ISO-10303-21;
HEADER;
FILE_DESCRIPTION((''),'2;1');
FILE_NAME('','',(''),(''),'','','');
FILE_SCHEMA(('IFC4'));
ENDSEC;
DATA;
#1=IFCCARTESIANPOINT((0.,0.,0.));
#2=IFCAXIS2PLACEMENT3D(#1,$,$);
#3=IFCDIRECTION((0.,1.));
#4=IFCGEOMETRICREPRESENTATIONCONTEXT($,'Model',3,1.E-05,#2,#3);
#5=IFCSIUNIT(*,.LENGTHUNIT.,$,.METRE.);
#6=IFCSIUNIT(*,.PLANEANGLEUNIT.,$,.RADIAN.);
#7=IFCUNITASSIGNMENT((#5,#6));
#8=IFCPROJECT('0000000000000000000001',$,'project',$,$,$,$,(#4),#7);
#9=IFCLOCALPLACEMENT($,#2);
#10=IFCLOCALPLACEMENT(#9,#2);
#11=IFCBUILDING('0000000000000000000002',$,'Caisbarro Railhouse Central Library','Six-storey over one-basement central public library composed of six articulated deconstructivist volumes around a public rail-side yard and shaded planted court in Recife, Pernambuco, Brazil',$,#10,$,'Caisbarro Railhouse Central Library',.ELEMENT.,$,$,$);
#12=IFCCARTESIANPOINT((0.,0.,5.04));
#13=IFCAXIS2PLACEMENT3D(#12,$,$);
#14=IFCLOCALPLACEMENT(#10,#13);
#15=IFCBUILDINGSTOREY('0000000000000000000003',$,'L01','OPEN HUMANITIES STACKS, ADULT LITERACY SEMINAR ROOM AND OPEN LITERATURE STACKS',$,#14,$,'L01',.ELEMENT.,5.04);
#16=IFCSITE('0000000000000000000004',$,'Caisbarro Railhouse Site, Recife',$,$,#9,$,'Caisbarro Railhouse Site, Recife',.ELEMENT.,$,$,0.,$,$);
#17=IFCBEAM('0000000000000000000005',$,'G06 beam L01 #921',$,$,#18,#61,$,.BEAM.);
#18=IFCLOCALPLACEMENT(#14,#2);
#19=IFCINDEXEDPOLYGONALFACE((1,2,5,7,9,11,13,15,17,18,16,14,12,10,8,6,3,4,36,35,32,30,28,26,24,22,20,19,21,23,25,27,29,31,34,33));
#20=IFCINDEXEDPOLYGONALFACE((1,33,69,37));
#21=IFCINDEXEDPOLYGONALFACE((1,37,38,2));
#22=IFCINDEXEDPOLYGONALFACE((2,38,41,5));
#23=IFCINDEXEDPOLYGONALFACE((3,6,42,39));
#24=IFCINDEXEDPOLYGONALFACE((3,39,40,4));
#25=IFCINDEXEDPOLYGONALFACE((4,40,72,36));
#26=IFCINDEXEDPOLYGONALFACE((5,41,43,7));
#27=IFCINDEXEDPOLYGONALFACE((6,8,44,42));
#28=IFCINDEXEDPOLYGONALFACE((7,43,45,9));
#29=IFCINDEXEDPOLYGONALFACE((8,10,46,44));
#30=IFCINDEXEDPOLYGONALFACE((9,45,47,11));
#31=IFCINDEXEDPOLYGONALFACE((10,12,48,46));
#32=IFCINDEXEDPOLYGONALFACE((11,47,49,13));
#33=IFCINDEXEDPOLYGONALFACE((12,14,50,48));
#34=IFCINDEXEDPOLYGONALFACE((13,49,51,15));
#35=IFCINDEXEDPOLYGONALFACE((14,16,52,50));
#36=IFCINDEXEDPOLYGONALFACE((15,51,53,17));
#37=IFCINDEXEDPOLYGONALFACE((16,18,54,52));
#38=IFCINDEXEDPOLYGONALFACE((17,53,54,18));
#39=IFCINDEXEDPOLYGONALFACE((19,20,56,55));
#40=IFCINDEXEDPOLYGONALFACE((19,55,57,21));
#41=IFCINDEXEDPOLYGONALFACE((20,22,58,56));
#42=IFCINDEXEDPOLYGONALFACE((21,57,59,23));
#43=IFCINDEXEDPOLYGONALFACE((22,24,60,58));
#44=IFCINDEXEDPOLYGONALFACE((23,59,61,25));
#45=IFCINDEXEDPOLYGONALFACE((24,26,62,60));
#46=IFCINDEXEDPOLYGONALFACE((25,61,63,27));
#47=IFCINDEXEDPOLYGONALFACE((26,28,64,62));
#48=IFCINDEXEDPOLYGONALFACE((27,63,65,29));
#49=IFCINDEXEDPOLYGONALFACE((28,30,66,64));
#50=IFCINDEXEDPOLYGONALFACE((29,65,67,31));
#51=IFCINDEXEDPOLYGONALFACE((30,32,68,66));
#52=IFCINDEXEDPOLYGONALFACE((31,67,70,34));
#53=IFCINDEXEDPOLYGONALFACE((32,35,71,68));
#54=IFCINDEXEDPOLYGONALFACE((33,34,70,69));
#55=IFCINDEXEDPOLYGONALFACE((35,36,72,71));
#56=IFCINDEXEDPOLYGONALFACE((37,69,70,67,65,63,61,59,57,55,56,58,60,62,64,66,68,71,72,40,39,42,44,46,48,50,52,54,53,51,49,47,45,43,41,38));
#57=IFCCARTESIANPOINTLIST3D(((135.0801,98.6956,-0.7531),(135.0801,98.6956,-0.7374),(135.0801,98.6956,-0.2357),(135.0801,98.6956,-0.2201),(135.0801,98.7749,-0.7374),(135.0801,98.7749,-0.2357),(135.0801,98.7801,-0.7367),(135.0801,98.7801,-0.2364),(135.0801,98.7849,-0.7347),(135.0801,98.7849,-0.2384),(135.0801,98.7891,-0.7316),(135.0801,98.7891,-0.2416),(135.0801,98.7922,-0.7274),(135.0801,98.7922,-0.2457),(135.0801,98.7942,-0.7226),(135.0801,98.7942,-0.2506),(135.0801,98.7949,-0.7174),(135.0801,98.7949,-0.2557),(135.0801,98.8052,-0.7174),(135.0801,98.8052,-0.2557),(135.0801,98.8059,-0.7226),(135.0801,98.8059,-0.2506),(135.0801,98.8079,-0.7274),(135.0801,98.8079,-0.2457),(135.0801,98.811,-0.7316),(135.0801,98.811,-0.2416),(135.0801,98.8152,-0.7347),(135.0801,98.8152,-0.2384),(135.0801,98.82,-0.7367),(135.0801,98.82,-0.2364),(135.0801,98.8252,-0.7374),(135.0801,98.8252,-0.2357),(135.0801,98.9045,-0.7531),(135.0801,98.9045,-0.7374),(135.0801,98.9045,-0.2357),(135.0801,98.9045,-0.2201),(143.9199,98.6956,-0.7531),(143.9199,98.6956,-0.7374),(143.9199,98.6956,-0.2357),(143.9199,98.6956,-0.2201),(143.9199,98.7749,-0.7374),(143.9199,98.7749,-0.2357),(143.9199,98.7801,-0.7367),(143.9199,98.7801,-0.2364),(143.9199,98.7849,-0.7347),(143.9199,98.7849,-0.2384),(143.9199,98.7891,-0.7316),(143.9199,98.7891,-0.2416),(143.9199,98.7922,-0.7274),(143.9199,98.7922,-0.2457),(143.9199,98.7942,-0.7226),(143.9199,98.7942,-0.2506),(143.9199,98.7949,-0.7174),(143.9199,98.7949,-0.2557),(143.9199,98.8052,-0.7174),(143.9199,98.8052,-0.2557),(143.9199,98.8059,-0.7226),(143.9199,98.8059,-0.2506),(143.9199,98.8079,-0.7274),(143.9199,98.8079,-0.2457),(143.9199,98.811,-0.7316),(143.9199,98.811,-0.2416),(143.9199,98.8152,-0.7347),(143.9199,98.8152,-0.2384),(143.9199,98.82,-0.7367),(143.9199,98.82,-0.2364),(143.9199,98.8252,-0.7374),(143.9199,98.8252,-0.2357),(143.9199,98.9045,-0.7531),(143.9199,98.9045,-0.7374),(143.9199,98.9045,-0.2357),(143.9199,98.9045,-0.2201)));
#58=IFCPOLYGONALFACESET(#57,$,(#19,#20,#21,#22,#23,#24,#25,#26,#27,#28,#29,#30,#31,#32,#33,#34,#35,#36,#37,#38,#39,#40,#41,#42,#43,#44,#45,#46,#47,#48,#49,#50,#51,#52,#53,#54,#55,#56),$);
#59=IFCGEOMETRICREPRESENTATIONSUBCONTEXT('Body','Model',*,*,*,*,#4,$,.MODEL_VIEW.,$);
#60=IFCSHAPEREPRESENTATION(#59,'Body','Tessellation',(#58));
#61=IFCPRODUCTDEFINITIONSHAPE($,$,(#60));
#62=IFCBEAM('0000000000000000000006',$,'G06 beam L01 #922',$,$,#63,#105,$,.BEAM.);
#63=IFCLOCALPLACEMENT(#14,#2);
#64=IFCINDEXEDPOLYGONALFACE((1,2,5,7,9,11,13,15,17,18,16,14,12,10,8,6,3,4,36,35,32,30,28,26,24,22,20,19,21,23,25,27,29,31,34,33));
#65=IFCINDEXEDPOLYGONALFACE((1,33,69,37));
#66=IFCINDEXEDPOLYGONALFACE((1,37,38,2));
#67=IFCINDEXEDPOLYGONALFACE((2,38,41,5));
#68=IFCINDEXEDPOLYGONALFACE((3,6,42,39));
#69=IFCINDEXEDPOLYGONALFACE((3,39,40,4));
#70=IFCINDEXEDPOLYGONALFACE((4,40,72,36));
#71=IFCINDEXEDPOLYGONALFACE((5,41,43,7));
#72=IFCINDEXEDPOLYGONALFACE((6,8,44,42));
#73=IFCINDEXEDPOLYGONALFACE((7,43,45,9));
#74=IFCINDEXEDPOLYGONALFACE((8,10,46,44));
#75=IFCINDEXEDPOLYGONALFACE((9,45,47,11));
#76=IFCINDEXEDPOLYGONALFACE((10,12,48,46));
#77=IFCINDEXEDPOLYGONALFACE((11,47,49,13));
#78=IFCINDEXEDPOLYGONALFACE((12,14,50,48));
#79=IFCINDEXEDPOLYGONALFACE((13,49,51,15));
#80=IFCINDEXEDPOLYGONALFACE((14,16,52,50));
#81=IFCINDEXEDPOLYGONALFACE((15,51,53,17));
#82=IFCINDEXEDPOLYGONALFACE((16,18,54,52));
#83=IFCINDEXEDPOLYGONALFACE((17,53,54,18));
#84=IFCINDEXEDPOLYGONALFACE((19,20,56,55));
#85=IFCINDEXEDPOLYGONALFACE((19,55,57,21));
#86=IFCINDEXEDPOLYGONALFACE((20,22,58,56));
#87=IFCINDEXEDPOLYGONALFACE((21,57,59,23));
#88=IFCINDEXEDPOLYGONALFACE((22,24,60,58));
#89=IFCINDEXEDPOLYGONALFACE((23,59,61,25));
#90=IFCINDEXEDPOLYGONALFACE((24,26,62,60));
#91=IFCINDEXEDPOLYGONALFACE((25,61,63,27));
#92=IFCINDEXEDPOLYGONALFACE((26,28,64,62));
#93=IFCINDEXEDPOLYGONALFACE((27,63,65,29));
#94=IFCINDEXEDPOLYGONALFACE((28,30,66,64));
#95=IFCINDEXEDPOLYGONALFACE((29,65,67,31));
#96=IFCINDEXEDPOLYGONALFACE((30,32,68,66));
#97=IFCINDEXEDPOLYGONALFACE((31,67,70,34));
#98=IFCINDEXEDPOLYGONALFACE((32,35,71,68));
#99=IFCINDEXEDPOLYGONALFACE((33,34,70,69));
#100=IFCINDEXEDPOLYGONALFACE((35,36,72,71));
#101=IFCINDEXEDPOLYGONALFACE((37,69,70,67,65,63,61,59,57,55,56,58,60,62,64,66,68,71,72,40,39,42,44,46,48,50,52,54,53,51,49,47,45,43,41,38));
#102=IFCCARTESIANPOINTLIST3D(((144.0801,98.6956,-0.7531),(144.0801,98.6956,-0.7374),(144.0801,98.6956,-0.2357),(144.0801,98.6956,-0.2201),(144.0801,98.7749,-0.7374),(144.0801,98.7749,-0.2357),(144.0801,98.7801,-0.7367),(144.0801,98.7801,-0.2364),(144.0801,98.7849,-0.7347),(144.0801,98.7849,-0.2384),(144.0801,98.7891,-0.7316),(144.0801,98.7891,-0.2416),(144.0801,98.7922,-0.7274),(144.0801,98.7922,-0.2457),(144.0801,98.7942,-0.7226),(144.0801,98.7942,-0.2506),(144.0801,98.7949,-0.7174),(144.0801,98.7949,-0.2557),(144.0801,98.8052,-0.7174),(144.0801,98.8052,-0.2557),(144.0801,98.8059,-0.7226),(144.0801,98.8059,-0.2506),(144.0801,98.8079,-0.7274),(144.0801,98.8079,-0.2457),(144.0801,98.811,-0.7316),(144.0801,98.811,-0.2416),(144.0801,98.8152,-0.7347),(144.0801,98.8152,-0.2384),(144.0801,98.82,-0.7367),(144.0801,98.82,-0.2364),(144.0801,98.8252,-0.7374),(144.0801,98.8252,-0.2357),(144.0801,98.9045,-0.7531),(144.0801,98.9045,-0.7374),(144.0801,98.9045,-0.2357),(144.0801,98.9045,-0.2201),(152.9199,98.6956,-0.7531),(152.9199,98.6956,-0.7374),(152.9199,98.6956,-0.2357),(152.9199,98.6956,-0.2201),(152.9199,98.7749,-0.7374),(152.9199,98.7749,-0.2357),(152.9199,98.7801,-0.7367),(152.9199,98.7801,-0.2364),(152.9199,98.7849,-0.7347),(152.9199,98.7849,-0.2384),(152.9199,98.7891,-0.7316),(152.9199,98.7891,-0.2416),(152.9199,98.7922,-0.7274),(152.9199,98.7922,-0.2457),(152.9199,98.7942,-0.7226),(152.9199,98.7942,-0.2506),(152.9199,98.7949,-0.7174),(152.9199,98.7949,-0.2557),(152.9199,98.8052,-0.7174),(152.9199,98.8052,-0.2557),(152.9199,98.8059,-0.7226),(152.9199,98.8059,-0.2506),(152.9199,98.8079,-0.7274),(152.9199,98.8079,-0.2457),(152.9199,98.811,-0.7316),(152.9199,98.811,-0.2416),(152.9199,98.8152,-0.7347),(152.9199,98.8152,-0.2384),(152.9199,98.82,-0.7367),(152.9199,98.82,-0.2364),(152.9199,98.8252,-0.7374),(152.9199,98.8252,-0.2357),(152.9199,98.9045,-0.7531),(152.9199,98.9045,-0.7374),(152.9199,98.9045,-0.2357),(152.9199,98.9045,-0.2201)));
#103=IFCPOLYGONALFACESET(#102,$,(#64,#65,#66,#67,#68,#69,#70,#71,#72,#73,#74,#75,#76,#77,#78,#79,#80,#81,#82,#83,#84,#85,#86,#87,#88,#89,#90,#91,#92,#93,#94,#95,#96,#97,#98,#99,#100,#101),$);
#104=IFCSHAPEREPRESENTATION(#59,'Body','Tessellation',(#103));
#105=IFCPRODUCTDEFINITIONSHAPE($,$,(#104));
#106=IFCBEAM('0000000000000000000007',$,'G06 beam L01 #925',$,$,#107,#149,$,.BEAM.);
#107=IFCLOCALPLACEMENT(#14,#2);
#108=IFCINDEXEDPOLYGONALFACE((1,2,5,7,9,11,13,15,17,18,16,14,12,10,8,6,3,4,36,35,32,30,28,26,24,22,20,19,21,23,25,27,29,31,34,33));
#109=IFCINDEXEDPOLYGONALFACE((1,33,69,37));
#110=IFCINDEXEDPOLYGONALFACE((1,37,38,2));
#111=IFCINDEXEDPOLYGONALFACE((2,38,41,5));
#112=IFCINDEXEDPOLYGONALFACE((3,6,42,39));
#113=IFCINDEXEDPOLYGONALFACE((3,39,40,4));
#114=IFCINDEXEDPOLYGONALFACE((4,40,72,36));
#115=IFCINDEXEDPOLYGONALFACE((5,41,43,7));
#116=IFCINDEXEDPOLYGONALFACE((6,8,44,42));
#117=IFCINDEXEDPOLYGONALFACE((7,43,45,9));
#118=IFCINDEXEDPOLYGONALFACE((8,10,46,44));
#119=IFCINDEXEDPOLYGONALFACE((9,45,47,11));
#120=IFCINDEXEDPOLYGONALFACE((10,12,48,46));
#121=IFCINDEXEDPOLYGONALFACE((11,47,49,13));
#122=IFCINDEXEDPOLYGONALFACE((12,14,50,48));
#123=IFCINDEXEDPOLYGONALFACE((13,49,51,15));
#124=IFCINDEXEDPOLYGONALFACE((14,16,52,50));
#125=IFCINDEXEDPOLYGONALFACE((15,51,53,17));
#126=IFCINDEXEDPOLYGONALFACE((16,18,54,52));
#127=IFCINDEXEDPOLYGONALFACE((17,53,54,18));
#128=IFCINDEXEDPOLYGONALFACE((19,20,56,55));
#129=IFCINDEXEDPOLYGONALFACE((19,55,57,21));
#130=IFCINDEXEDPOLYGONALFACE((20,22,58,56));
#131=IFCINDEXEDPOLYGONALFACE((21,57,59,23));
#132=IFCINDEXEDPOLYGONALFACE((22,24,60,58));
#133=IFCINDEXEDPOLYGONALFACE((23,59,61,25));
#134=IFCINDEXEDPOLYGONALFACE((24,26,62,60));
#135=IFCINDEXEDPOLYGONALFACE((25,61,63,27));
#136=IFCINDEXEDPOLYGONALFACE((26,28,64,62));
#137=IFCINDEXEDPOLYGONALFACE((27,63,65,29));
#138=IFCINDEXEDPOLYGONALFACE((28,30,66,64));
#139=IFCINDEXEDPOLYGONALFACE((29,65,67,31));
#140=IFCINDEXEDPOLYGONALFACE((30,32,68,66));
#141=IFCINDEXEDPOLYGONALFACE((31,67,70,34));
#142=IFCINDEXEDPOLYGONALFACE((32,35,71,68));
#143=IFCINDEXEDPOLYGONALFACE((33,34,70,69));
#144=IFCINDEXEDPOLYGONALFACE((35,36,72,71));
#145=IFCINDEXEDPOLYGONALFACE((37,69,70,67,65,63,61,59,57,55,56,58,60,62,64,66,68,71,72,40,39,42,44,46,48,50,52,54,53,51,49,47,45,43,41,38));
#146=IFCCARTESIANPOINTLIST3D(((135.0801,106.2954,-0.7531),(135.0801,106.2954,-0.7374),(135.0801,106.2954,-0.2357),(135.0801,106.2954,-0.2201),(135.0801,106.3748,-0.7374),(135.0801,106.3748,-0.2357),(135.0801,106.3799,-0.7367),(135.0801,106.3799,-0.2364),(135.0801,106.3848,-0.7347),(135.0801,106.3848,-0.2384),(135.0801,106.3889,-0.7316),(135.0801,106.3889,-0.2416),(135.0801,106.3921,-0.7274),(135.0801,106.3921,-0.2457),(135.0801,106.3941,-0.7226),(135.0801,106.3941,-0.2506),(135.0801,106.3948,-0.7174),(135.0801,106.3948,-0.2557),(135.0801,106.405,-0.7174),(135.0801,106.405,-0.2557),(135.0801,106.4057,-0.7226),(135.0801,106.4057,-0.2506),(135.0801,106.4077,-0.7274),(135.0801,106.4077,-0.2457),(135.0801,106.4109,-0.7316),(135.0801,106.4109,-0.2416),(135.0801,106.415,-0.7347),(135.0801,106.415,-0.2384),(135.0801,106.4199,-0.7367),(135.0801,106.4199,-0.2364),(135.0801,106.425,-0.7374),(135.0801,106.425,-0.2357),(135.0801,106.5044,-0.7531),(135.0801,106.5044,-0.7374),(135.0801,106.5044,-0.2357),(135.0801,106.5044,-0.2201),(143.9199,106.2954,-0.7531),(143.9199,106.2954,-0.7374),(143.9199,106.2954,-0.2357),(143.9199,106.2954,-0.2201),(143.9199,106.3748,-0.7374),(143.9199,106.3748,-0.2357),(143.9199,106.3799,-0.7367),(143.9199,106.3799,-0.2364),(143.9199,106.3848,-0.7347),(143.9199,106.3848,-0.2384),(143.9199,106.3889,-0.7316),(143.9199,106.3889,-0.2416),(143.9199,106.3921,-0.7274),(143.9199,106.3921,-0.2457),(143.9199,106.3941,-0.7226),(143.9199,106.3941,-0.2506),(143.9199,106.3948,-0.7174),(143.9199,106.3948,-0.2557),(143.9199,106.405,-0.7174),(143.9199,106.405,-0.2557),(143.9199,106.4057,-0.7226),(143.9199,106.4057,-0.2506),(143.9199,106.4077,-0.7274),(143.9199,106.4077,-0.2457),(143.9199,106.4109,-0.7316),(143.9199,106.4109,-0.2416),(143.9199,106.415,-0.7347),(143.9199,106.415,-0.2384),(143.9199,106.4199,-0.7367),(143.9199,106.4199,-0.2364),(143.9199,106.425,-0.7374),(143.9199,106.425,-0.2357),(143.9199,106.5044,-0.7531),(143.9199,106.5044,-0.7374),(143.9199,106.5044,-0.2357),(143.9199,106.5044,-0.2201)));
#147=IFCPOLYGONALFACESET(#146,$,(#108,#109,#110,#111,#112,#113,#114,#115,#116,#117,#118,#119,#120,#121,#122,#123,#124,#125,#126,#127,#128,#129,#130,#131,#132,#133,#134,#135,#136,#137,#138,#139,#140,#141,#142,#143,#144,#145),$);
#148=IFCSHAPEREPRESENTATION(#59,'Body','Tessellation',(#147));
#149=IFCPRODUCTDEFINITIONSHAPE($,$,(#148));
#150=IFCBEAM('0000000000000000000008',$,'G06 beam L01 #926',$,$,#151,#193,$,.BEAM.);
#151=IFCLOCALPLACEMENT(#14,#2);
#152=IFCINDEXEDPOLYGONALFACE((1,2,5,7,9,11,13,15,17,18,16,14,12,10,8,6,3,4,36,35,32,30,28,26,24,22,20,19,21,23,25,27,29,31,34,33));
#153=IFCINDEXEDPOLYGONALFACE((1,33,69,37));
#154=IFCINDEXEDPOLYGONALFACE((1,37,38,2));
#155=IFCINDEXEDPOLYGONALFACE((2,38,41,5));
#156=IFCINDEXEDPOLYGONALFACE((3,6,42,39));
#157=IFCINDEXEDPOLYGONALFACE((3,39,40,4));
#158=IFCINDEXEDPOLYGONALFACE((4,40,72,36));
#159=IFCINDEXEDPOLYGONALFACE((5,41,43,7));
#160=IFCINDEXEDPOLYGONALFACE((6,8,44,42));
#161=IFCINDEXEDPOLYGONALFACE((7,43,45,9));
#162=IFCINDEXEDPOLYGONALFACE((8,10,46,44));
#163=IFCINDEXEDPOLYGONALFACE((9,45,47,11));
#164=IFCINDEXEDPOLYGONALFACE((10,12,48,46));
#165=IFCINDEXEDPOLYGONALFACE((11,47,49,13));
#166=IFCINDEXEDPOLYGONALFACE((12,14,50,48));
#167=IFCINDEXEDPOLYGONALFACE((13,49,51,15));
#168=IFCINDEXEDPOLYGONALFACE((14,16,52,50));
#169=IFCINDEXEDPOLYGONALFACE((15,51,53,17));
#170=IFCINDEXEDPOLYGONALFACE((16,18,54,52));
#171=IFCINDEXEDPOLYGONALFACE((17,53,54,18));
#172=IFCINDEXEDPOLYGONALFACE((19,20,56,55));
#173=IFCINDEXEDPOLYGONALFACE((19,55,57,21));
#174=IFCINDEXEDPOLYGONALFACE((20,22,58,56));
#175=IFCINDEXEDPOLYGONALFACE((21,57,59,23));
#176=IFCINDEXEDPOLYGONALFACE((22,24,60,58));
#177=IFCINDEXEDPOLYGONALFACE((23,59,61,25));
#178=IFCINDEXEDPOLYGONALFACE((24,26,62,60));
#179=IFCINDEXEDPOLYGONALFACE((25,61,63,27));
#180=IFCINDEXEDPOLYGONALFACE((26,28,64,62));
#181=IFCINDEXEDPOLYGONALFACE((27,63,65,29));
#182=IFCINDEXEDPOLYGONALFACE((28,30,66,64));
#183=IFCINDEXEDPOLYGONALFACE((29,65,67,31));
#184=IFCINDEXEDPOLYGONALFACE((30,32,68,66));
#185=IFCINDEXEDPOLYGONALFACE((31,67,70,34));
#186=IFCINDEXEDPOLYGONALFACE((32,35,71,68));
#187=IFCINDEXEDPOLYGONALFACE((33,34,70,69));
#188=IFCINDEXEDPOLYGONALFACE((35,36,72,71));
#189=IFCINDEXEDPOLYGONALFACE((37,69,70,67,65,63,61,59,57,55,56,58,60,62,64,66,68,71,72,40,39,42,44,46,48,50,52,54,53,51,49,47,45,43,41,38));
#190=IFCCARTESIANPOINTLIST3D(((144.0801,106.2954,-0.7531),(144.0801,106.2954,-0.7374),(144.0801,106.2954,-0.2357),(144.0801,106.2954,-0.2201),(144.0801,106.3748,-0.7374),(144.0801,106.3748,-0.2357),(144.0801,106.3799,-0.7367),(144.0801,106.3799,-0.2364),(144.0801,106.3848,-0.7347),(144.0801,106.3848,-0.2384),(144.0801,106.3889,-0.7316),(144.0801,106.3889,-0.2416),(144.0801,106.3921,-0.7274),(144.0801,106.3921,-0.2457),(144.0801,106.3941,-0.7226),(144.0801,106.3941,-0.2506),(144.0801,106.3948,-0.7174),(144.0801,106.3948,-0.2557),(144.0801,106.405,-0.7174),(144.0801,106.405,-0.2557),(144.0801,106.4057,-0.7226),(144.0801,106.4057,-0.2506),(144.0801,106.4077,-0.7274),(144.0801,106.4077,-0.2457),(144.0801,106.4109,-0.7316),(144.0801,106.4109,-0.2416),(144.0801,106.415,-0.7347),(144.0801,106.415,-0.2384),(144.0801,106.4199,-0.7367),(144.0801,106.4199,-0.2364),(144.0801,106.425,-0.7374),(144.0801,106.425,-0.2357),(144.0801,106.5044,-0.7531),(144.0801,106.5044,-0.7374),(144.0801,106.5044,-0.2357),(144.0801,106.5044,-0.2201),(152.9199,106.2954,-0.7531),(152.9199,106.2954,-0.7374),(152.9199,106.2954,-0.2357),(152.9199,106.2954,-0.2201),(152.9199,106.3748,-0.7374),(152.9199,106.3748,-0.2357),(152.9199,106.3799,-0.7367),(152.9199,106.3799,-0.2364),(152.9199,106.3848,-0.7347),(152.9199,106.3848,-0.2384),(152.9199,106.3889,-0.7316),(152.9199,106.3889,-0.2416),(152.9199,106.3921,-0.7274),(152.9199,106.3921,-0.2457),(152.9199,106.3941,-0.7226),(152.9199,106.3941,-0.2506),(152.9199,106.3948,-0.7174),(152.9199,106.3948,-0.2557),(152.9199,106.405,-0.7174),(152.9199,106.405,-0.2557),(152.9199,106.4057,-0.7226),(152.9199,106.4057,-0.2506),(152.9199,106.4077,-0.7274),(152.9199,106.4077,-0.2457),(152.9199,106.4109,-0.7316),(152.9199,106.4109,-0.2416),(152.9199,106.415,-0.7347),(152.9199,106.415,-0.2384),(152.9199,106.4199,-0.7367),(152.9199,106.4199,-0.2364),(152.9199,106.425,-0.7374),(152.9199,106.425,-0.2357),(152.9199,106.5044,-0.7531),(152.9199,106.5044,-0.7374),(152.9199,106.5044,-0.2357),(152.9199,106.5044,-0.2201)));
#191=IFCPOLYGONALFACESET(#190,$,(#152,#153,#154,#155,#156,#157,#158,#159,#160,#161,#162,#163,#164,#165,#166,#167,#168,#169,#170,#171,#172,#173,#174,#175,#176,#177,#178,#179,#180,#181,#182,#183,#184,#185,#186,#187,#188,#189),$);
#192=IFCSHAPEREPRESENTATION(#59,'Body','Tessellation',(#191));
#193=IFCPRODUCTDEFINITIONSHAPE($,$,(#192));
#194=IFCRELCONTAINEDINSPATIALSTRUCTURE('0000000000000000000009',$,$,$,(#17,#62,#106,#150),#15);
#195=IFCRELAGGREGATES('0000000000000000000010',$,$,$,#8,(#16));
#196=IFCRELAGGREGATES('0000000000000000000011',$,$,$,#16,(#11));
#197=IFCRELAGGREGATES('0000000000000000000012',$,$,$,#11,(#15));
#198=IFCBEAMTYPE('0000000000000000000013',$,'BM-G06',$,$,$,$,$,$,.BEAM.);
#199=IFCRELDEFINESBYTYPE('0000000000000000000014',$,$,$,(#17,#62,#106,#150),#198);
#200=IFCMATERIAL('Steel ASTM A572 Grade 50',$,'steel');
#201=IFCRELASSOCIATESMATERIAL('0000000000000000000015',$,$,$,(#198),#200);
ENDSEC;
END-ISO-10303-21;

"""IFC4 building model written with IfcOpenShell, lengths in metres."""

from ifc_helpers import new_model, si_unit, direction, frame, origin, origin_2d, place, context, subcontext, project, spatial, i_section, extrude, material, material_profile, profile_set, type_object, element, save


model = new_model("IFC4")

# Units and contexts
model_context = context("Model", 3, precision=1e-05, world=origin(), true_north=direction((0.0, 1.0)))
body_context = subcontext(model_context, "Body", "Model", "MODEL_VIEW")
ifc_project = project(units=[si_unit("LENGTHUNIT", "METRE"), si_unit("PLANEANGLEUNIT", "RADIAN")], contexts=[model_context])

# Site, building, storey
site_placement = place(None, origin())
site = spatial("IfcSite", under=ifc_project, at=site_placement, Name="Caisbarro Railhouse Site, Recife", LongName="Caisbarro Railhouse Site, Recife", CompositionType="ELEMENT", RefElevation=0.0)
building_placement = place(site_placement, origin())
building = spatial("IfcBuilding", under=site, at=building_placement, Name="Caisbarro Railhouse Central Library", Description="Six-storey over one-basement central public library composed of six articulated deconstructivist volumes around a public rail-side yard and shaded planted court in Recife, Pernambuco, Brazil", LongName="Caisbarro Railhouse Central Library", CompositionType="ELEMENT")
storey_placement = place(building_placement, frame((0.0, 0.0, 5.04)))
storey = spatial("IfcBuildingStorey", under=building, at=storey_placement, Name="L01", Description="OPEN HUMANITIES STACKS, ADULT LITERACY SEMINAR ROOM AND OPEN LITERATURE STACKS", LongName="L01", CompositionType="ELEMENT", Elevation=5.04)

# Shared definitions
ifc_material_1 = material(Name="Steel ASTM A572 Grade 50", Category="steel")

# Beams
ifc_material_profile_1 = material_profile(ifc_material_1, i_section(OverallWidth=0.209, OverallDepth=0.533, WebThickness=0.0103, FlangeThickness=0.0156, FilletRadius=0.02, at=origin_2d()), Name="W530X92.0")
ifc_profile_set_1 = profile_set([ifc_material_profile_1], Name="Steel ASTM A572 Grade 50")
beam_type_1 = type_object("IfcBeamType", Name="BM-G06", PredefinedType="BEAM", material=ifc_profile_set_1)
for number, where, z_axis, x_axis, name in (
    (1, (135.0801, 98.8, -0.4866), (1.0, 0.0, 0.0), (0.0, 1.0, 0.0), "G06 beam L01 #921"),
    (2, (144.0801, 98.8, -0.4866), (1.0, 0.0, 0.0), (0.0, 1.0, 0.0), "G06 beam L01 #922"),
    (3, (135.0801, 106.3999, -0.4866), (1.0, 0.0, 0.0), (0.0, 1.0, 0.0), "G06 beam L01 #925"),
    (4, (144.0801, 106.3999, -0.4866), (1.0, 0.0, 0.0), (0.0, 1.0, 0.0), "G06 beam L01 #926"),
):
    element("IfcBeam", number, at=place(storey_placement, frame(where, z_axis=z_axis, x_axis=x_axis)), inside=storey, type_object=beam_type_1, Name=name, PredefinedType="BEAM", context=body_context, shape_type="SweptSolid", body=[
        extrude(i_section(OverallWidth=0.209, OverallDepth=0.533, WebThickness=0.0103, FlangeThickness=0.0156, FilletRadius=0.02, at=origin_2d()), origin(), (0.0, 0.0, 1.0), 8.8398),
    ])

save(model, "model.ifc")
